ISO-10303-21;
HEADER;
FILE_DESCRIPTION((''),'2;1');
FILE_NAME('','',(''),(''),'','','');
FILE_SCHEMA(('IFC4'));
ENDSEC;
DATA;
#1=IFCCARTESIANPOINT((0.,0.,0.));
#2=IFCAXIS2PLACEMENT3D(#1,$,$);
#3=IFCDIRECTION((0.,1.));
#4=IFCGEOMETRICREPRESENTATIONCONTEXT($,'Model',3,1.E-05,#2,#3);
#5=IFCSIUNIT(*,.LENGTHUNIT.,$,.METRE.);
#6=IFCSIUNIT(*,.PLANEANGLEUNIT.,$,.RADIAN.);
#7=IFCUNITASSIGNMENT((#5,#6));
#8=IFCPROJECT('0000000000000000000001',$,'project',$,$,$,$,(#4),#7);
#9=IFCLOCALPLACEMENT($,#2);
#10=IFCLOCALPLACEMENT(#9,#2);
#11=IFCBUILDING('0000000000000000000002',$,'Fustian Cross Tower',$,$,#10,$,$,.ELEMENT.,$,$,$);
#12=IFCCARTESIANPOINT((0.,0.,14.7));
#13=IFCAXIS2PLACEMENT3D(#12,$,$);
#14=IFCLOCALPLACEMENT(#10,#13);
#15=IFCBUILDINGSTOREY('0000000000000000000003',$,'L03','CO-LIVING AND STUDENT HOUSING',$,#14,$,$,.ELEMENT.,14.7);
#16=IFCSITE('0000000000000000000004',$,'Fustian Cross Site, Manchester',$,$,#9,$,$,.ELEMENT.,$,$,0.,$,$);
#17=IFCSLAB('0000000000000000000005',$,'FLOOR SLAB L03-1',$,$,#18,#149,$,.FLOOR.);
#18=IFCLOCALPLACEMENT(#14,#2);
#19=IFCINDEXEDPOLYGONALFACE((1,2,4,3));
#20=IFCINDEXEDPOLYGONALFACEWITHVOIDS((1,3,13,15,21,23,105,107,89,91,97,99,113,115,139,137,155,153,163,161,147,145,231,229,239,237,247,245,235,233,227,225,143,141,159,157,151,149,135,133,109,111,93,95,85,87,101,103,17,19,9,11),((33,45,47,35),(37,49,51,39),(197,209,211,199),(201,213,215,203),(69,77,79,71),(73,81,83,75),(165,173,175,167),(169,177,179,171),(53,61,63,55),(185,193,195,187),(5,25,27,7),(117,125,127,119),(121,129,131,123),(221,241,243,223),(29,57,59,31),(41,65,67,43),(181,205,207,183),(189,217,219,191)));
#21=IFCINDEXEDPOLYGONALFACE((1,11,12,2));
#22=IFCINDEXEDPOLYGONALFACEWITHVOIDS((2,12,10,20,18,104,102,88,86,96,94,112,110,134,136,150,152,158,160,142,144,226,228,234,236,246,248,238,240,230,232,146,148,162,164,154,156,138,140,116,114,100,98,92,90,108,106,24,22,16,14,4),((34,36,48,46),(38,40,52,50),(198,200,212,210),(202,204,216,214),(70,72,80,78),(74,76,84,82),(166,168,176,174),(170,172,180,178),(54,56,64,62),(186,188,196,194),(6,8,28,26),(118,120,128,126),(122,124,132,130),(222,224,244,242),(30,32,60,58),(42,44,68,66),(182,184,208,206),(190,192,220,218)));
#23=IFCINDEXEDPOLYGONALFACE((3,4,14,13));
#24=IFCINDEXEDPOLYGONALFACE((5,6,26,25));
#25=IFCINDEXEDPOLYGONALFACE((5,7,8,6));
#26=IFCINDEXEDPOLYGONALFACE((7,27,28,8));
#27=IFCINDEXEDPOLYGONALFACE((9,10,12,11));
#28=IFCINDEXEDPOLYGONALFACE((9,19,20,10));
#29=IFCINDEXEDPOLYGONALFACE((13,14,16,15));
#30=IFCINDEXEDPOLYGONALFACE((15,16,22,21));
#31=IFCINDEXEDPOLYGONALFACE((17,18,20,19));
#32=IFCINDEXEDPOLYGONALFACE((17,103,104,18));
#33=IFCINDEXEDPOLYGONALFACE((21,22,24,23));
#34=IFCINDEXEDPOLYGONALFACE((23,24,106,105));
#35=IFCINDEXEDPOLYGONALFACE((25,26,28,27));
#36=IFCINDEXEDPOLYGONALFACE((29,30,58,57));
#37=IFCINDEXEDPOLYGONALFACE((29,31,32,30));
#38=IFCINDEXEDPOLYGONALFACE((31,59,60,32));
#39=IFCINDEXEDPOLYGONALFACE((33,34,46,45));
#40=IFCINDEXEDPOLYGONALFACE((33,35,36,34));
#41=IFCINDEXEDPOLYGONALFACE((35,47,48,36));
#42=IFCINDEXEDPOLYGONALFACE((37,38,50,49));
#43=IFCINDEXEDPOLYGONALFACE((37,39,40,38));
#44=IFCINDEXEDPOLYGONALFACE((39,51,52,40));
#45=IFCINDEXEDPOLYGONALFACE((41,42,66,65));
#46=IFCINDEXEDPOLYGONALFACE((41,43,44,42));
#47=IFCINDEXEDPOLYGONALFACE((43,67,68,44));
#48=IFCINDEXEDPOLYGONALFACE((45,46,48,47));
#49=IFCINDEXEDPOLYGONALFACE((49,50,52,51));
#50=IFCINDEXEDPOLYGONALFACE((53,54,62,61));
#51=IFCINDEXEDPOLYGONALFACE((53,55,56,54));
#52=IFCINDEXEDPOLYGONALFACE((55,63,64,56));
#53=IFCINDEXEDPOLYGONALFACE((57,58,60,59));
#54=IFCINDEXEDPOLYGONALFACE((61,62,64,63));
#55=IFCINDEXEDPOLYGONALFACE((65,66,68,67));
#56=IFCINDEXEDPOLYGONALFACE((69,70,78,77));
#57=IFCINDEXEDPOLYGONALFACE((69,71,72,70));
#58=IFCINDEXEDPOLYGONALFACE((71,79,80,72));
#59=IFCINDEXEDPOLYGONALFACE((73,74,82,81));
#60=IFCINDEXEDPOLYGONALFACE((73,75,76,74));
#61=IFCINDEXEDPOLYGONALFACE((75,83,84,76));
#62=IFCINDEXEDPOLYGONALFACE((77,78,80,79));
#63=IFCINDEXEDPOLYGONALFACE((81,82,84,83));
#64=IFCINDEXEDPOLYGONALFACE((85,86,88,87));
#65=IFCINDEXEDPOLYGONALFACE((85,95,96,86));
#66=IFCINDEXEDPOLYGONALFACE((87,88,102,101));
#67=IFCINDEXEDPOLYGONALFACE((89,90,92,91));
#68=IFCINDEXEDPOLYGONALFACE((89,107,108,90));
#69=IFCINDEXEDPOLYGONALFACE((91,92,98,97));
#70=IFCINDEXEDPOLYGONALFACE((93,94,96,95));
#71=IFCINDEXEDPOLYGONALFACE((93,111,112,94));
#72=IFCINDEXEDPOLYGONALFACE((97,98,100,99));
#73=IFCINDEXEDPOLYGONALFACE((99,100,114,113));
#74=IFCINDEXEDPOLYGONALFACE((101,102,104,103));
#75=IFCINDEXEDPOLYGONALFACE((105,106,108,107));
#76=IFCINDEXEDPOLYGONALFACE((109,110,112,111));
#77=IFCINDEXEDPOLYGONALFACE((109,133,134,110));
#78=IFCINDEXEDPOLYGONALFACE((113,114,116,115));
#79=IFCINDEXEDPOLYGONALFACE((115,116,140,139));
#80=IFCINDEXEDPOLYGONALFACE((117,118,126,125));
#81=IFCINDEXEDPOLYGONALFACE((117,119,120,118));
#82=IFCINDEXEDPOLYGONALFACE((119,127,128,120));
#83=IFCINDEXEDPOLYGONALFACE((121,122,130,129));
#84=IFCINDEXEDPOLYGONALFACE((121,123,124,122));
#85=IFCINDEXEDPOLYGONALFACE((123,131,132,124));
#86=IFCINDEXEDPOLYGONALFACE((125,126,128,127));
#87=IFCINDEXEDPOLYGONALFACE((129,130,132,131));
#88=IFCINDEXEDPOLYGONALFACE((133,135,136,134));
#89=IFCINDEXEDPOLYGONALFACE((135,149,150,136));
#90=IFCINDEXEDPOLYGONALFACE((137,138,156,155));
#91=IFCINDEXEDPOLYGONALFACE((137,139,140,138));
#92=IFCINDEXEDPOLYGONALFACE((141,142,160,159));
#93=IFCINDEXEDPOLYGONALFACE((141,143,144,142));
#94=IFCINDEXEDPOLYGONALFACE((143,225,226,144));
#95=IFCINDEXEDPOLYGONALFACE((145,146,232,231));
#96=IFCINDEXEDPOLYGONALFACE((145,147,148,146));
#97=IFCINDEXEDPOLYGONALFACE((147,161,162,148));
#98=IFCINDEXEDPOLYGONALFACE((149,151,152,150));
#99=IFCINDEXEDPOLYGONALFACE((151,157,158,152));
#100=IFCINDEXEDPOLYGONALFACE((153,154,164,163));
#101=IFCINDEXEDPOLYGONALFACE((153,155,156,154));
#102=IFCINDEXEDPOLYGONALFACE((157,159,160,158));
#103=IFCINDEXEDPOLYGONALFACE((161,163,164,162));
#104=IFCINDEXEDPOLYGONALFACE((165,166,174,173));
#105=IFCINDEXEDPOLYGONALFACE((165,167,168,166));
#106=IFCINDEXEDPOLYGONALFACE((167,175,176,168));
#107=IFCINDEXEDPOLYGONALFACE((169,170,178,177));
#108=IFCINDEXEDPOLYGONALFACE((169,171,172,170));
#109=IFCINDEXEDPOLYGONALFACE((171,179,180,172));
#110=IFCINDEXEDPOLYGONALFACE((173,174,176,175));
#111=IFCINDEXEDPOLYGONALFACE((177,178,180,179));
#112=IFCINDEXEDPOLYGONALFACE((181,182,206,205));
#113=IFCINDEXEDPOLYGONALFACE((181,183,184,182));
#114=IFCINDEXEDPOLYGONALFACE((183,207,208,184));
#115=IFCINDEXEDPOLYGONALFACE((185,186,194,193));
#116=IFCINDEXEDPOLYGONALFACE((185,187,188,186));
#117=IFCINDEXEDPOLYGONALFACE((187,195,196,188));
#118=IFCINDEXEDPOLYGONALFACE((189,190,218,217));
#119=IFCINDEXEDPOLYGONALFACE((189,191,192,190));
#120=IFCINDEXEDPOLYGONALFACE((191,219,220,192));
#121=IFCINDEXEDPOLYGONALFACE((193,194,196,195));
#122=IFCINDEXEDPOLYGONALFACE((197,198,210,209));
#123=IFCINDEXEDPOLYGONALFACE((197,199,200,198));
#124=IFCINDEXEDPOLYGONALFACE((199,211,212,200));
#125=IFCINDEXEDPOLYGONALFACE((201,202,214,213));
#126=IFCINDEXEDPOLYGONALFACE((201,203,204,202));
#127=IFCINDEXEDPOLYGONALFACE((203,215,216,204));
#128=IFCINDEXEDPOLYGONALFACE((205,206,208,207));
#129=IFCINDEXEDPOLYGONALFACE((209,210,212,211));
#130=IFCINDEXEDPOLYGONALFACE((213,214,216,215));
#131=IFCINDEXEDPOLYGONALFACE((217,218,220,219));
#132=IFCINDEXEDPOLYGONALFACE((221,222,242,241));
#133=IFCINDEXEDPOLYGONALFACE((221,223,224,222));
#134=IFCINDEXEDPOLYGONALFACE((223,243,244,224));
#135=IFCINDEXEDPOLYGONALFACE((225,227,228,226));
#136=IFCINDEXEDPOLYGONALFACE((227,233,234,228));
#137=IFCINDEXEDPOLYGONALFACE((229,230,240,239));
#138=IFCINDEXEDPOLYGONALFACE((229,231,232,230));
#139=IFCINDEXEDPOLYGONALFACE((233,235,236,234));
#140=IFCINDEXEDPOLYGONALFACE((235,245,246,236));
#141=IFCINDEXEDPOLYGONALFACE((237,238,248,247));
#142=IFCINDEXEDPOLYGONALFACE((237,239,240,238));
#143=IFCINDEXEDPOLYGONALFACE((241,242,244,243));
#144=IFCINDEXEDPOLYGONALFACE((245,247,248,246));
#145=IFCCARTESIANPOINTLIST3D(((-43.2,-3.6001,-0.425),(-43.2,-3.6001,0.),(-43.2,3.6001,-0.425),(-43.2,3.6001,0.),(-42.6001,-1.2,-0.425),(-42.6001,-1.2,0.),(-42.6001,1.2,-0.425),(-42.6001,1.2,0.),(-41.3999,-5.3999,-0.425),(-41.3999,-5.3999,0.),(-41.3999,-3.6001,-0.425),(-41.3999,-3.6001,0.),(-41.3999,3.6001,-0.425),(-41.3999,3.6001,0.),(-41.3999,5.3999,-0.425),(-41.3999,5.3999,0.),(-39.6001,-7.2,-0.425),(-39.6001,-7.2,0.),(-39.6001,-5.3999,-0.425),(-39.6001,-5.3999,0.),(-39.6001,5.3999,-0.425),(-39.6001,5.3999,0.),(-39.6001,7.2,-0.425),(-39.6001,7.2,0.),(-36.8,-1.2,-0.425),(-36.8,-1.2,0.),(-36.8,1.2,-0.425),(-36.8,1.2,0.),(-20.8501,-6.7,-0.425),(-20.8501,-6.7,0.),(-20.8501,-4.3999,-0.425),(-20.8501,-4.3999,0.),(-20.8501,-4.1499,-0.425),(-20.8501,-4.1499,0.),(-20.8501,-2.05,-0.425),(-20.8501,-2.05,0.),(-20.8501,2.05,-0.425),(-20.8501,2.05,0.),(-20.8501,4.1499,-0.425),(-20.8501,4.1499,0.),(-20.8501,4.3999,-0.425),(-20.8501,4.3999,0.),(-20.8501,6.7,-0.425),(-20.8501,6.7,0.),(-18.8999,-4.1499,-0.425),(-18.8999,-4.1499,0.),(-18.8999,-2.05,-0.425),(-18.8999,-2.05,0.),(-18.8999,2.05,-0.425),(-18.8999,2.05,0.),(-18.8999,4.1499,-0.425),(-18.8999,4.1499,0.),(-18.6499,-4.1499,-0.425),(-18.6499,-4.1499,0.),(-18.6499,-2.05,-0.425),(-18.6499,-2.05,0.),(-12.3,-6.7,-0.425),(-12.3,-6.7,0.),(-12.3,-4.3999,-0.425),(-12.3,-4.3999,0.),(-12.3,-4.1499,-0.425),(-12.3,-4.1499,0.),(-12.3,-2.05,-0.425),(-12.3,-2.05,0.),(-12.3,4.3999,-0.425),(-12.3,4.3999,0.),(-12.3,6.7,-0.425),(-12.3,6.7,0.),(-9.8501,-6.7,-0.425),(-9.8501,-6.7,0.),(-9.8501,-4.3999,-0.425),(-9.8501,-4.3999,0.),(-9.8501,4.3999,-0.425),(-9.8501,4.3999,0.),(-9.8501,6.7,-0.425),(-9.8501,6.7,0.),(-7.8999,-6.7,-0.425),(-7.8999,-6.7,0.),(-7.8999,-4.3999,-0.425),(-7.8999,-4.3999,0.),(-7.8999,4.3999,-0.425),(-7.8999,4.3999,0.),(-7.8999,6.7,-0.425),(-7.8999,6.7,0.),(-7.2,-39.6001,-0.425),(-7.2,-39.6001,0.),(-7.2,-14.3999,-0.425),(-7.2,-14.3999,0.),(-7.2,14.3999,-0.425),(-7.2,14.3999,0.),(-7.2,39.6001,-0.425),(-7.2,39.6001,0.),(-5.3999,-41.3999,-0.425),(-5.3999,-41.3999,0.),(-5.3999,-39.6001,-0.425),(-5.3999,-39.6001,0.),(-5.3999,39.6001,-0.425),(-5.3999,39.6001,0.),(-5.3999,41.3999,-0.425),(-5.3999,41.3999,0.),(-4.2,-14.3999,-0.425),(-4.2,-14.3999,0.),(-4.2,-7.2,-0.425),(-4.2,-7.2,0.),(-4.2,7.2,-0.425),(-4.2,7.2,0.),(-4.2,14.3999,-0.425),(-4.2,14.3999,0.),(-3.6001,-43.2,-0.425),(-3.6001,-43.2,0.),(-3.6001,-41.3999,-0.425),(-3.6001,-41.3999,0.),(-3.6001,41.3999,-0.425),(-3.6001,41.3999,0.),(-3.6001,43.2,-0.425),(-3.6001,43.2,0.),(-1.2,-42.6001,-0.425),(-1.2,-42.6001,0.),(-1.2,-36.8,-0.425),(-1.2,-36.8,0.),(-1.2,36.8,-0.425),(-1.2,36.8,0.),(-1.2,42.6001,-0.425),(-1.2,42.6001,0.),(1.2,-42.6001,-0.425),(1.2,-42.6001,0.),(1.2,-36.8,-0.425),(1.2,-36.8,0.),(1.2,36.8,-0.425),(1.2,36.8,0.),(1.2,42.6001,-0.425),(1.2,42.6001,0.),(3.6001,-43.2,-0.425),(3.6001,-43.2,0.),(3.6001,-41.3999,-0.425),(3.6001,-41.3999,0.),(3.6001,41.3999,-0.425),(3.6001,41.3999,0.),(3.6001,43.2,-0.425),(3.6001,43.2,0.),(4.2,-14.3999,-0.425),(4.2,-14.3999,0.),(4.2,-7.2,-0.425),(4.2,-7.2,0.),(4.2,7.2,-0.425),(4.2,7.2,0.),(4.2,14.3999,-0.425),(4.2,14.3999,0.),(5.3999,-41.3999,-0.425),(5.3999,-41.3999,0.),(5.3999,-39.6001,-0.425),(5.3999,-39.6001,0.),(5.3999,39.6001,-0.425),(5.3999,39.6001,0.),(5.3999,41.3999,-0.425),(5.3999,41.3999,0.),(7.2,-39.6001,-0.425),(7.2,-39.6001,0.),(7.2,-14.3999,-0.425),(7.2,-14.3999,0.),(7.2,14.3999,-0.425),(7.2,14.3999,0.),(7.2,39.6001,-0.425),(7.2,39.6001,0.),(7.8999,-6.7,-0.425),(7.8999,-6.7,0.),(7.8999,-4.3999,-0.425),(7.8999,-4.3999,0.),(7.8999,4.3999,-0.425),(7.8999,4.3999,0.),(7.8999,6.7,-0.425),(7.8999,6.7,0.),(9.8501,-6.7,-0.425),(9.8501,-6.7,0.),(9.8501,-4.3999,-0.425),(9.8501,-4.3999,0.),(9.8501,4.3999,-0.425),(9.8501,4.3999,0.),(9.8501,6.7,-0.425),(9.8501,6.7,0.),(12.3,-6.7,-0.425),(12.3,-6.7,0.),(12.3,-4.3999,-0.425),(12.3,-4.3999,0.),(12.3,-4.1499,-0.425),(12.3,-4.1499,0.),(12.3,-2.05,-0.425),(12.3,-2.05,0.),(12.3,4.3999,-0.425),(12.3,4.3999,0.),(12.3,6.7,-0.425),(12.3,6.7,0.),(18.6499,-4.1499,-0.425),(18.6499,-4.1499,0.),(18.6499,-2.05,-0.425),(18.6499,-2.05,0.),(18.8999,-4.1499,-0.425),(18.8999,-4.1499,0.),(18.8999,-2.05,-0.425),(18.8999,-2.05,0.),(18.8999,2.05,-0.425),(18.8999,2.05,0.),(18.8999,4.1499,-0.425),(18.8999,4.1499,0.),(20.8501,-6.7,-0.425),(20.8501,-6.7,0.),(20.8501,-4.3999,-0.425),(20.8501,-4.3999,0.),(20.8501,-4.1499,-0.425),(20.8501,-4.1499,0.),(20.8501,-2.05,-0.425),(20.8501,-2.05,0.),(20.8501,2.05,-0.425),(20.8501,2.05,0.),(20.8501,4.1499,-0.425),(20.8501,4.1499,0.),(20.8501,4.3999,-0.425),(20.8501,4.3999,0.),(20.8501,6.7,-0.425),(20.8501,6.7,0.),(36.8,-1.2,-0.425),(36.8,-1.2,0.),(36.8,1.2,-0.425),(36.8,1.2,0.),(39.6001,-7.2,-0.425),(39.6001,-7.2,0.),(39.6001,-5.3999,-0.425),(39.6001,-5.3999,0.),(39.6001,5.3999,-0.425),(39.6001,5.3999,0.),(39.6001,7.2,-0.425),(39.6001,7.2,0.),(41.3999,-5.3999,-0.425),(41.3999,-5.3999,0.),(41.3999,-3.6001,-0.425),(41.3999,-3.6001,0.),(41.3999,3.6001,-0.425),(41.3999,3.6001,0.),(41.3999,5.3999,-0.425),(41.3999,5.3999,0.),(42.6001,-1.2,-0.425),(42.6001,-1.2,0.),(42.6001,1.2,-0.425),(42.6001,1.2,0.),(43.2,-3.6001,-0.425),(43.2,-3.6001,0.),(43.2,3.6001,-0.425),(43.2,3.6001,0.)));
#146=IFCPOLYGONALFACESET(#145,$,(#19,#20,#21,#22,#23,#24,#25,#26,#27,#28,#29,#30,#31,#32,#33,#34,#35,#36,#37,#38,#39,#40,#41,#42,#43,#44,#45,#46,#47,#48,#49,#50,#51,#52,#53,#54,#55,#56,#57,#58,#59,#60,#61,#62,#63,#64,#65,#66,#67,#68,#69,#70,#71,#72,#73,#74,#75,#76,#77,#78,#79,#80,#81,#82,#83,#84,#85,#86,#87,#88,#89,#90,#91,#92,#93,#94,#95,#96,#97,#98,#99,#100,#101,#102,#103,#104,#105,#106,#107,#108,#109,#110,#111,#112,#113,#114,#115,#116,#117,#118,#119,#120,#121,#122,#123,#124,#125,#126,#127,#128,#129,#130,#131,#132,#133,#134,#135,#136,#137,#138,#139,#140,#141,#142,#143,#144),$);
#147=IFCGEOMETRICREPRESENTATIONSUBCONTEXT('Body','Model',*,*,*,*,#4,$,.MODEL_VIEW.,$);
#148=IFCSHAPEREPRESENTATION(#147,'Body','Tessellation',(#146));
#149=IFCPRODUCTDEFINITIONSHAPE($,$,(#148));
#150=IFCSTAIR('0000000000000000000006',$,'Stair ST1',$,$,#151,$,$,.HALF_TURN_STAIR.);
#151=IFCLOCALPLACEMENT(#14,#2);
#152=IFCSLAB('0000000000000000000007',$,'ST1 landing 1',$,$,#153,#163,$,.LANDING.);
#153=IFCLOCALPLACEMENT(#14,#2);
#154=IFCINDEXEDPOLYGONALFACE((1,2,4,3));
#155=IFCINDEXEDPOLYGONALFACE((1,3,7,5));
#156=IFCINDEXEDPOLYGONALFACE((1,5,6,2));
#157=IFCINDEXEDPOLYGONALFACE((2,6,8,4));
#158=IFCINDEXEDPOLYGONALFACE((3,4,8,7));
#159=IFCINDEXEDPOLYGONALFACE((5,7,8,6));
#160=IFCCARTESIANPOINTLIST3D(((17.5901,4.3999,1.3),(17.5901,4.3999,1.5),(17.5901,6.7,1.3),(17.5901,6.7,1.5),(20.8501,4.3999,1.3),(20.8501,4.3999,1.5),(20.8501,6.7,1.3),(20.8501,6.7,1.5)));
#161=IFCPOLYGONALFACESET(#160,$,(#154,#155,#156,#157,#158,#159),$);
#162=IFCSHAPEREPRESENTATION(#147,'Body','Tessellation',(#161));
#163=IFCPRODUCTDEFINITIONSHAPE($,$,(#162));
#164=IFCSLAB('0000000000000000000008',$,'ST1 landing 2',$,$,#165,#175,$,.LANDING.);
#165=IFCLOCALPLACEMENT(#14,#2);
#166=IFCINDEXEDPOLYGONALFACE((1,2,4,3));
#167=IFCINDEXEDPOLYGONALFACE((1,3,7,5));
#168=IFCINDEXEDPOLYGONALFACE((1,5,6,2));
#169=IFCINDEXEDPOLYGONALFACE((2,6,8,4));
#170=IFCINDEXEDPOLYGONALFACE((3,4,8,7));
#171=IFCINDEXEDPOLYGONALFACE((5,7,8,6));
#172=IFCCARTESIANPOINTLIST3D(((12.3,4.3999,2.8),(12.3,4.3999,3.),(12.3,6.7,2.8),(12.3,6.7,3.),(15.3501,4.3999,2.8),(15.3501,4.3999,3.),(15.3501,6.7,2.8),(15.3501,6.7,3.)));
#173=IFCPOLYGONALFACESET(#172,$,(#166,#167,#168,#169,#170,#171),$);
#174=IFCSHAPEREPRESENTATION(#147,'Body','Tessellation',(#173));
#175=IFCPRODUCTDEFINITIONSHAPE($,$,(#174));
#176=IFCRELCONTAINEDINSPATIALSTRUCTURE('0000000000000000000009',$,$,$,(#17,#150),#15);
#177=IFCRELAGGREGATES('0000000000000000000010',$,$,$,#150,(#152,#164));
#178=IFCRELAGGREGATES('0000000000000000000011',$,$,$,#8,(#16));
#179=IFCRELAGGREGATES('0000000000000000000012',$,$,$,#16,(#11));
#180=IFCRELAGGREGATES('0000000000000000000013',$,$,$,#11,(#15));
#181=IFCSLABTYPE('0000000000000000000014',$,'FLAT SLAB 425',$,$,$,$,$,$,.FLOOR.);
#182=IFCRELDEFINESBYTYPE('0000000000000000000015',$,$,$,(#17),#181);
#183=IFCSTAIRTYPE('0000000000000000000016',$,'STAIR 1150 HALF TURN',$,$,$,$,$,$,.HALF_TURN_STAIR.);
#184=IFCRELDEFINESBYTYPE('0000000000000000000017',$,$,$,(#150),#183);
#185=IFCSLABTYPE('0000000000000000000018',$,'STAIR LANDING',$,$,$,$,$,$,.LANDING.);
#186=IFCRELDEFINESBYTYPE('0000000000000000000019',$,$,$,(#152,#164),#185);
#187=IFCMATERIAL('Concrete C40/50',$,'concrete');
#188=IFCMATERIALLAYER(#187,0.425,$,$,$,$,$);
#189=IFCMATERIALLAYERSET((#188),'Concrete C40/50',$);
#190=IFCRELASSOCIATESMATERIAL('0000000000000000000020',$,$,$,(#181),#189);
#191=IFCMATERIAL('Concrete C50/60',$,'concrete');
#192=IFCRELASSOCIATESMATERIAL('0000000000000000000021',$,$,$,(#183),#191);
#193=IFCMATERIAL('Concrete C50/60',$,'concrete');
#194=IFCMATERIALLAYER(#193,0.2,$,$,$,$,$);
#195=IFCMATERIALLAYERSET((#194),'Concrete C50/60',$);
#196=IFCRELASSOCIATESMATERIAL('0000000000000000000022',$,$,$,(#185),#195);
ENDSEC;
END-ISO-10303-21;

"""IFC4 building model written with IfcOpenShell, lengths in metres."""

from ifc_helpers import new_model, si_unit, direction, frame, origin, place, context, subcontext, project, spatial, polyline, outline, extrude, material, layer, layer_set, type_object, element, aggregate, save


model = new_model("IFC4")

# Units and contexts
model_context = context("Model", 3, precision=1e-05, world=origin(), true_north=direction((0.0, 1.0)))
body_context = subcontext(model_context, "Body", "Model", "MODEL_VIEW")
ifc_project = project(units=[si_unit("LENGTHUNIT", "METRE"), si_unit("PLANEANGLEUNIT", "RADIAN")], contexts=[model_context])

# Site, building, storey
site_placement = place(None, origin())
site = spatial("IfcSite", under=ifc_project, at=site_placement, Name="Fustian Cross Site, Manchester", CompositionType="ELEMENT", RefElevation=0.0)
building_placement = place(site_placement, origin())
building = spatial("IfcBuilding", under=site, at=building_placement, Name="Fustian Cross Tower", CompositionType="ELEMENT")
storey_placement = place(building_placement, frame((0.0, 0.0, 14.7)))
storey = spatial("IfcBuildingStorey", under=building, at=storey_placement, Name="L03", Description="CO-LIVING AND STUDENT HOUSING", CompositionType="ELEMENT", Elevation=14.7)

# Slab
ifc_material_1 = material(Name="Concrete C40/50", Category="concrete")
ifc_layer_1 = layer(ifc_material_1, 0.425)
ifc_layer_set_1 = layer_set([ifc_layer_1], Name="Concrete C40/50")
slab_type_1 = type_object("IfcSlabType", Name="FLAT SLAB 425", PredefinedType="FLOOR", material=ifc_layer_set_1)
slab_1_placement = place(storey_placement, frame((0.0, 0.0, -0.425)))
element("IfcSlab", 1, at=slab_1_placement, inside=storey, type_object=slab_type_1, Name="FLOOR SLAB L03-1", PredefinedType="FLOOR", context=body_context, shape_type="SweptSolid", body=[
    extrude(outline(polyline([(-4.2, -7.2), (-39.6001, -7.2), (-39.6001, -5.3999), (-41.3999, -5.3999), (-41.3999, -3.6001), (-43.2, -3.6001), (-43.2, 3.6001), (-41.3999, 3.6001), (-41.3999, 5.3999), (-39.6001, 5.3999), (-39.6001, 7.2), (-4.2, 7.2), (-4.2, 14.3999), (-7.2, 14.3999), (-7.2, 39.6001), (-5.3999, 39.6001), (-5.3999, 41.3999), (-3.6001, 41.3999), (-3.6001, 43.2), (3.6001, 43.2), (3.6001, 41.3999), (5.3999, 41.3999), (5.3999, 39.6001), (7.2, 39.6001), (7.2, 14.3999), (4.2, 14.3999), (4.2, 7.2), (39.6001, 7.2), (39.6001, 5.3999), (41.3999, 5.3999), (41.3999, 3.6001), (43.2, 3.6001), (43.2, -3.6001), (41.3999, -3.6001), (41.3999, -5.3999), (39.6001, -5.3999), (39.6001, -7.2), (4.2, -7.2), (4.2, -14.3999), (7.2, -14.3999), (7.2, -39.6001), (5.3999, -39.6001), (5.3999, -41.3999), (3.6001, -41.3999), (3.6001, -43.2), (-3.6001, -43.2), (-3.6001, -41.3999), (-5.3999, -41.3999), (-5.3999, -39.6001), (-7.2, -39.6001), (-7.2, -14.3999), (-4.2, -14.3999), (-4.2, -7.2)]), holes=[polyline([(18.8999, -2.05), (18.8999, -4.1499), (20.8501, -4.1499), (20.8501, -2.05), (18.8999, -2.05)]), polyline([(20.8501, 4.1499), (18.8999, 4.1499), (18.8999, 2.05), (20.8501, 2.05), (20.8501, 4.1499)]), polyline([(9.8501, 4.3999), (9.8501, 6.7), (7.8999, 6.7), (7.8999, 4.3999), (9.8501, 4.3999)]), polyline([(7.8999, -6.7), (9.8501, -6.7), (9.8501, -4.3999), (7.8999, -4.3999), (7.8999, -6.7)]), polyline([(-20.8501, -2.05), (-20.8501, -4.1499), (-18.8999, -4.1499), (-18.8999, -2.05), (-20.8501, -2.05)]), polyline([(-18.8999, 4.1499), (-20.8501, 4.1499), (-20.8501, 2.05), (-18.8999, 2.05), (-18.8999, 4.1499)]), polyline([(-7.8999, 4.3999), (-7.8999, 6.7), (-9.8501, 6.7), (-9.8501, 4.3999), (-7.8999, 4.3999)]), polyline([(-9.8501, -6.7), (-7.8999, -6.7), (-7.8999, -4.3999), (-9.8501, -4.3999), (-9.8501, -6.7)]), polyline([(12.3, -2.05), (12.3, -4.1499), (18.6499, -4.1499), (18.6499, -2.05), (12.3, -2.05)]), polyline([(-12.3, -2.05), (-18.6499, -2.05), (-18.6499, -4.1499), (-12.3, -4.1499), (-12.3, -2.05)]), polyline([(20.8501, 4.3999), (20.8501, 6.7), (12.3, 6.7), (12.3, 4.3999), (20.8501, 4.3999)]), polyline([(12.3, -6.7), (20.8501, -6.7), (20.8501, -4.3999), (12.3, -4.3999), (12.3, -6.7)]), polyline([(-20.8501, 6.7), (-20.8501, 4.3999), (-12.3, 4.3999), (-12.3, 6.7), (-20.8501, 6.7)]), polyline([(-12.3, -4.3999), (-20.8501, -4.3999), (-20.8501, -6.7), (-12.3, -6.7), (-12.3, -4.3999)]), polyline([(1.2, 36.8), (1.2, 42.6001), (-1.2, 42.6001), (-1.2, 36.8), (1.2, 36.8)]), polyline([(-1.2, -42.6001), (1.2, -42.6001), (1.2, -36.8), (-1.2, -36.8), (-1.2, -42.6001)]), polyline([(36.8, 1.2), (36.8, -1.2), (42.6001, -1.2), (42.6001, 1.2), (36.8, 1.2)]), polyline([(-36.8, 1.2), (-42.6001, 1.2), (-42.6001, -1.2), (-36.8, -1.2), (-36.8, 1.2)])]), origin(), (0.0, 0.0, 1.0), 0.425),
])

# Stair, slabs
ifc_material_2 = material(Name="Concrete C50/60", Category="concrete")
stair_type = type_object("IfcStairType", Name="STAIR 1150 HALF TURN", PredefinedType="HALF_TURN_STAIR", material=ifc_material_2)
stair_placement = place(storey_placement, origin())
stair = element("IfcStair", 2, at=stair_placement, inside=storey, type_object=stair_type, Name="Stair ST1", PredefinedType="HALF_TURN_STAIR")
ifc_material_3 = material(Name="Concrete C50/60", Category="concrete")
ifc_layer_2 = layer(ifc_material_3, 0.2)
ifc_layer_set_2 = layer_set([ifc_layer_2], Name="Concrete C50/60")
slab_type_2 = type_object("IfcSlabType", Name="STAIR LANDING", PredefinedType="LANDING", material=ifc_layer_set_2)
slab_2_placement = place(storey_placement, frame((0.0, 0.0, 1.3)))
slab_2 = element("IfcSlab", 3, at=slab_2_placement, type_object=slab_type_2, Name="ST1 landing 1", PredefinedType="LANDING", context=body_context, shape_type="SweptSolid", body=[
    extrude(outline(polyline([(17.5901, 4.3999), (20.8501, 4.3999), (20.8501, 6.7), (17.5901, 6.7), (17.5901, 4.3999)])), origin(), (0.0, 0.0, 1.0), 0.2),
])
slab_3_placement = place(storey_placement, frame((0.0, 0.0, 2.8)))
slab_3 = element("IfcSlab", 4, at=slab_3_placement, type_object=slab_type_2, Name="ST1 landing 2", PredefinedType="LANDING", context=body_context, shape_type="SweptSolid", body=[
    extrude(outline(polyline([(12.3, 4.3999), (15.3501, 4.3999), (15.3501, 6.7), (12.3, 6.7), (12.3, 4.3999)])), origin(), (0.0, 0.0, 1.0), 0.2),
])
aggregate(stair, [slab_2, slab_3])

save(model, "model.ifc")
